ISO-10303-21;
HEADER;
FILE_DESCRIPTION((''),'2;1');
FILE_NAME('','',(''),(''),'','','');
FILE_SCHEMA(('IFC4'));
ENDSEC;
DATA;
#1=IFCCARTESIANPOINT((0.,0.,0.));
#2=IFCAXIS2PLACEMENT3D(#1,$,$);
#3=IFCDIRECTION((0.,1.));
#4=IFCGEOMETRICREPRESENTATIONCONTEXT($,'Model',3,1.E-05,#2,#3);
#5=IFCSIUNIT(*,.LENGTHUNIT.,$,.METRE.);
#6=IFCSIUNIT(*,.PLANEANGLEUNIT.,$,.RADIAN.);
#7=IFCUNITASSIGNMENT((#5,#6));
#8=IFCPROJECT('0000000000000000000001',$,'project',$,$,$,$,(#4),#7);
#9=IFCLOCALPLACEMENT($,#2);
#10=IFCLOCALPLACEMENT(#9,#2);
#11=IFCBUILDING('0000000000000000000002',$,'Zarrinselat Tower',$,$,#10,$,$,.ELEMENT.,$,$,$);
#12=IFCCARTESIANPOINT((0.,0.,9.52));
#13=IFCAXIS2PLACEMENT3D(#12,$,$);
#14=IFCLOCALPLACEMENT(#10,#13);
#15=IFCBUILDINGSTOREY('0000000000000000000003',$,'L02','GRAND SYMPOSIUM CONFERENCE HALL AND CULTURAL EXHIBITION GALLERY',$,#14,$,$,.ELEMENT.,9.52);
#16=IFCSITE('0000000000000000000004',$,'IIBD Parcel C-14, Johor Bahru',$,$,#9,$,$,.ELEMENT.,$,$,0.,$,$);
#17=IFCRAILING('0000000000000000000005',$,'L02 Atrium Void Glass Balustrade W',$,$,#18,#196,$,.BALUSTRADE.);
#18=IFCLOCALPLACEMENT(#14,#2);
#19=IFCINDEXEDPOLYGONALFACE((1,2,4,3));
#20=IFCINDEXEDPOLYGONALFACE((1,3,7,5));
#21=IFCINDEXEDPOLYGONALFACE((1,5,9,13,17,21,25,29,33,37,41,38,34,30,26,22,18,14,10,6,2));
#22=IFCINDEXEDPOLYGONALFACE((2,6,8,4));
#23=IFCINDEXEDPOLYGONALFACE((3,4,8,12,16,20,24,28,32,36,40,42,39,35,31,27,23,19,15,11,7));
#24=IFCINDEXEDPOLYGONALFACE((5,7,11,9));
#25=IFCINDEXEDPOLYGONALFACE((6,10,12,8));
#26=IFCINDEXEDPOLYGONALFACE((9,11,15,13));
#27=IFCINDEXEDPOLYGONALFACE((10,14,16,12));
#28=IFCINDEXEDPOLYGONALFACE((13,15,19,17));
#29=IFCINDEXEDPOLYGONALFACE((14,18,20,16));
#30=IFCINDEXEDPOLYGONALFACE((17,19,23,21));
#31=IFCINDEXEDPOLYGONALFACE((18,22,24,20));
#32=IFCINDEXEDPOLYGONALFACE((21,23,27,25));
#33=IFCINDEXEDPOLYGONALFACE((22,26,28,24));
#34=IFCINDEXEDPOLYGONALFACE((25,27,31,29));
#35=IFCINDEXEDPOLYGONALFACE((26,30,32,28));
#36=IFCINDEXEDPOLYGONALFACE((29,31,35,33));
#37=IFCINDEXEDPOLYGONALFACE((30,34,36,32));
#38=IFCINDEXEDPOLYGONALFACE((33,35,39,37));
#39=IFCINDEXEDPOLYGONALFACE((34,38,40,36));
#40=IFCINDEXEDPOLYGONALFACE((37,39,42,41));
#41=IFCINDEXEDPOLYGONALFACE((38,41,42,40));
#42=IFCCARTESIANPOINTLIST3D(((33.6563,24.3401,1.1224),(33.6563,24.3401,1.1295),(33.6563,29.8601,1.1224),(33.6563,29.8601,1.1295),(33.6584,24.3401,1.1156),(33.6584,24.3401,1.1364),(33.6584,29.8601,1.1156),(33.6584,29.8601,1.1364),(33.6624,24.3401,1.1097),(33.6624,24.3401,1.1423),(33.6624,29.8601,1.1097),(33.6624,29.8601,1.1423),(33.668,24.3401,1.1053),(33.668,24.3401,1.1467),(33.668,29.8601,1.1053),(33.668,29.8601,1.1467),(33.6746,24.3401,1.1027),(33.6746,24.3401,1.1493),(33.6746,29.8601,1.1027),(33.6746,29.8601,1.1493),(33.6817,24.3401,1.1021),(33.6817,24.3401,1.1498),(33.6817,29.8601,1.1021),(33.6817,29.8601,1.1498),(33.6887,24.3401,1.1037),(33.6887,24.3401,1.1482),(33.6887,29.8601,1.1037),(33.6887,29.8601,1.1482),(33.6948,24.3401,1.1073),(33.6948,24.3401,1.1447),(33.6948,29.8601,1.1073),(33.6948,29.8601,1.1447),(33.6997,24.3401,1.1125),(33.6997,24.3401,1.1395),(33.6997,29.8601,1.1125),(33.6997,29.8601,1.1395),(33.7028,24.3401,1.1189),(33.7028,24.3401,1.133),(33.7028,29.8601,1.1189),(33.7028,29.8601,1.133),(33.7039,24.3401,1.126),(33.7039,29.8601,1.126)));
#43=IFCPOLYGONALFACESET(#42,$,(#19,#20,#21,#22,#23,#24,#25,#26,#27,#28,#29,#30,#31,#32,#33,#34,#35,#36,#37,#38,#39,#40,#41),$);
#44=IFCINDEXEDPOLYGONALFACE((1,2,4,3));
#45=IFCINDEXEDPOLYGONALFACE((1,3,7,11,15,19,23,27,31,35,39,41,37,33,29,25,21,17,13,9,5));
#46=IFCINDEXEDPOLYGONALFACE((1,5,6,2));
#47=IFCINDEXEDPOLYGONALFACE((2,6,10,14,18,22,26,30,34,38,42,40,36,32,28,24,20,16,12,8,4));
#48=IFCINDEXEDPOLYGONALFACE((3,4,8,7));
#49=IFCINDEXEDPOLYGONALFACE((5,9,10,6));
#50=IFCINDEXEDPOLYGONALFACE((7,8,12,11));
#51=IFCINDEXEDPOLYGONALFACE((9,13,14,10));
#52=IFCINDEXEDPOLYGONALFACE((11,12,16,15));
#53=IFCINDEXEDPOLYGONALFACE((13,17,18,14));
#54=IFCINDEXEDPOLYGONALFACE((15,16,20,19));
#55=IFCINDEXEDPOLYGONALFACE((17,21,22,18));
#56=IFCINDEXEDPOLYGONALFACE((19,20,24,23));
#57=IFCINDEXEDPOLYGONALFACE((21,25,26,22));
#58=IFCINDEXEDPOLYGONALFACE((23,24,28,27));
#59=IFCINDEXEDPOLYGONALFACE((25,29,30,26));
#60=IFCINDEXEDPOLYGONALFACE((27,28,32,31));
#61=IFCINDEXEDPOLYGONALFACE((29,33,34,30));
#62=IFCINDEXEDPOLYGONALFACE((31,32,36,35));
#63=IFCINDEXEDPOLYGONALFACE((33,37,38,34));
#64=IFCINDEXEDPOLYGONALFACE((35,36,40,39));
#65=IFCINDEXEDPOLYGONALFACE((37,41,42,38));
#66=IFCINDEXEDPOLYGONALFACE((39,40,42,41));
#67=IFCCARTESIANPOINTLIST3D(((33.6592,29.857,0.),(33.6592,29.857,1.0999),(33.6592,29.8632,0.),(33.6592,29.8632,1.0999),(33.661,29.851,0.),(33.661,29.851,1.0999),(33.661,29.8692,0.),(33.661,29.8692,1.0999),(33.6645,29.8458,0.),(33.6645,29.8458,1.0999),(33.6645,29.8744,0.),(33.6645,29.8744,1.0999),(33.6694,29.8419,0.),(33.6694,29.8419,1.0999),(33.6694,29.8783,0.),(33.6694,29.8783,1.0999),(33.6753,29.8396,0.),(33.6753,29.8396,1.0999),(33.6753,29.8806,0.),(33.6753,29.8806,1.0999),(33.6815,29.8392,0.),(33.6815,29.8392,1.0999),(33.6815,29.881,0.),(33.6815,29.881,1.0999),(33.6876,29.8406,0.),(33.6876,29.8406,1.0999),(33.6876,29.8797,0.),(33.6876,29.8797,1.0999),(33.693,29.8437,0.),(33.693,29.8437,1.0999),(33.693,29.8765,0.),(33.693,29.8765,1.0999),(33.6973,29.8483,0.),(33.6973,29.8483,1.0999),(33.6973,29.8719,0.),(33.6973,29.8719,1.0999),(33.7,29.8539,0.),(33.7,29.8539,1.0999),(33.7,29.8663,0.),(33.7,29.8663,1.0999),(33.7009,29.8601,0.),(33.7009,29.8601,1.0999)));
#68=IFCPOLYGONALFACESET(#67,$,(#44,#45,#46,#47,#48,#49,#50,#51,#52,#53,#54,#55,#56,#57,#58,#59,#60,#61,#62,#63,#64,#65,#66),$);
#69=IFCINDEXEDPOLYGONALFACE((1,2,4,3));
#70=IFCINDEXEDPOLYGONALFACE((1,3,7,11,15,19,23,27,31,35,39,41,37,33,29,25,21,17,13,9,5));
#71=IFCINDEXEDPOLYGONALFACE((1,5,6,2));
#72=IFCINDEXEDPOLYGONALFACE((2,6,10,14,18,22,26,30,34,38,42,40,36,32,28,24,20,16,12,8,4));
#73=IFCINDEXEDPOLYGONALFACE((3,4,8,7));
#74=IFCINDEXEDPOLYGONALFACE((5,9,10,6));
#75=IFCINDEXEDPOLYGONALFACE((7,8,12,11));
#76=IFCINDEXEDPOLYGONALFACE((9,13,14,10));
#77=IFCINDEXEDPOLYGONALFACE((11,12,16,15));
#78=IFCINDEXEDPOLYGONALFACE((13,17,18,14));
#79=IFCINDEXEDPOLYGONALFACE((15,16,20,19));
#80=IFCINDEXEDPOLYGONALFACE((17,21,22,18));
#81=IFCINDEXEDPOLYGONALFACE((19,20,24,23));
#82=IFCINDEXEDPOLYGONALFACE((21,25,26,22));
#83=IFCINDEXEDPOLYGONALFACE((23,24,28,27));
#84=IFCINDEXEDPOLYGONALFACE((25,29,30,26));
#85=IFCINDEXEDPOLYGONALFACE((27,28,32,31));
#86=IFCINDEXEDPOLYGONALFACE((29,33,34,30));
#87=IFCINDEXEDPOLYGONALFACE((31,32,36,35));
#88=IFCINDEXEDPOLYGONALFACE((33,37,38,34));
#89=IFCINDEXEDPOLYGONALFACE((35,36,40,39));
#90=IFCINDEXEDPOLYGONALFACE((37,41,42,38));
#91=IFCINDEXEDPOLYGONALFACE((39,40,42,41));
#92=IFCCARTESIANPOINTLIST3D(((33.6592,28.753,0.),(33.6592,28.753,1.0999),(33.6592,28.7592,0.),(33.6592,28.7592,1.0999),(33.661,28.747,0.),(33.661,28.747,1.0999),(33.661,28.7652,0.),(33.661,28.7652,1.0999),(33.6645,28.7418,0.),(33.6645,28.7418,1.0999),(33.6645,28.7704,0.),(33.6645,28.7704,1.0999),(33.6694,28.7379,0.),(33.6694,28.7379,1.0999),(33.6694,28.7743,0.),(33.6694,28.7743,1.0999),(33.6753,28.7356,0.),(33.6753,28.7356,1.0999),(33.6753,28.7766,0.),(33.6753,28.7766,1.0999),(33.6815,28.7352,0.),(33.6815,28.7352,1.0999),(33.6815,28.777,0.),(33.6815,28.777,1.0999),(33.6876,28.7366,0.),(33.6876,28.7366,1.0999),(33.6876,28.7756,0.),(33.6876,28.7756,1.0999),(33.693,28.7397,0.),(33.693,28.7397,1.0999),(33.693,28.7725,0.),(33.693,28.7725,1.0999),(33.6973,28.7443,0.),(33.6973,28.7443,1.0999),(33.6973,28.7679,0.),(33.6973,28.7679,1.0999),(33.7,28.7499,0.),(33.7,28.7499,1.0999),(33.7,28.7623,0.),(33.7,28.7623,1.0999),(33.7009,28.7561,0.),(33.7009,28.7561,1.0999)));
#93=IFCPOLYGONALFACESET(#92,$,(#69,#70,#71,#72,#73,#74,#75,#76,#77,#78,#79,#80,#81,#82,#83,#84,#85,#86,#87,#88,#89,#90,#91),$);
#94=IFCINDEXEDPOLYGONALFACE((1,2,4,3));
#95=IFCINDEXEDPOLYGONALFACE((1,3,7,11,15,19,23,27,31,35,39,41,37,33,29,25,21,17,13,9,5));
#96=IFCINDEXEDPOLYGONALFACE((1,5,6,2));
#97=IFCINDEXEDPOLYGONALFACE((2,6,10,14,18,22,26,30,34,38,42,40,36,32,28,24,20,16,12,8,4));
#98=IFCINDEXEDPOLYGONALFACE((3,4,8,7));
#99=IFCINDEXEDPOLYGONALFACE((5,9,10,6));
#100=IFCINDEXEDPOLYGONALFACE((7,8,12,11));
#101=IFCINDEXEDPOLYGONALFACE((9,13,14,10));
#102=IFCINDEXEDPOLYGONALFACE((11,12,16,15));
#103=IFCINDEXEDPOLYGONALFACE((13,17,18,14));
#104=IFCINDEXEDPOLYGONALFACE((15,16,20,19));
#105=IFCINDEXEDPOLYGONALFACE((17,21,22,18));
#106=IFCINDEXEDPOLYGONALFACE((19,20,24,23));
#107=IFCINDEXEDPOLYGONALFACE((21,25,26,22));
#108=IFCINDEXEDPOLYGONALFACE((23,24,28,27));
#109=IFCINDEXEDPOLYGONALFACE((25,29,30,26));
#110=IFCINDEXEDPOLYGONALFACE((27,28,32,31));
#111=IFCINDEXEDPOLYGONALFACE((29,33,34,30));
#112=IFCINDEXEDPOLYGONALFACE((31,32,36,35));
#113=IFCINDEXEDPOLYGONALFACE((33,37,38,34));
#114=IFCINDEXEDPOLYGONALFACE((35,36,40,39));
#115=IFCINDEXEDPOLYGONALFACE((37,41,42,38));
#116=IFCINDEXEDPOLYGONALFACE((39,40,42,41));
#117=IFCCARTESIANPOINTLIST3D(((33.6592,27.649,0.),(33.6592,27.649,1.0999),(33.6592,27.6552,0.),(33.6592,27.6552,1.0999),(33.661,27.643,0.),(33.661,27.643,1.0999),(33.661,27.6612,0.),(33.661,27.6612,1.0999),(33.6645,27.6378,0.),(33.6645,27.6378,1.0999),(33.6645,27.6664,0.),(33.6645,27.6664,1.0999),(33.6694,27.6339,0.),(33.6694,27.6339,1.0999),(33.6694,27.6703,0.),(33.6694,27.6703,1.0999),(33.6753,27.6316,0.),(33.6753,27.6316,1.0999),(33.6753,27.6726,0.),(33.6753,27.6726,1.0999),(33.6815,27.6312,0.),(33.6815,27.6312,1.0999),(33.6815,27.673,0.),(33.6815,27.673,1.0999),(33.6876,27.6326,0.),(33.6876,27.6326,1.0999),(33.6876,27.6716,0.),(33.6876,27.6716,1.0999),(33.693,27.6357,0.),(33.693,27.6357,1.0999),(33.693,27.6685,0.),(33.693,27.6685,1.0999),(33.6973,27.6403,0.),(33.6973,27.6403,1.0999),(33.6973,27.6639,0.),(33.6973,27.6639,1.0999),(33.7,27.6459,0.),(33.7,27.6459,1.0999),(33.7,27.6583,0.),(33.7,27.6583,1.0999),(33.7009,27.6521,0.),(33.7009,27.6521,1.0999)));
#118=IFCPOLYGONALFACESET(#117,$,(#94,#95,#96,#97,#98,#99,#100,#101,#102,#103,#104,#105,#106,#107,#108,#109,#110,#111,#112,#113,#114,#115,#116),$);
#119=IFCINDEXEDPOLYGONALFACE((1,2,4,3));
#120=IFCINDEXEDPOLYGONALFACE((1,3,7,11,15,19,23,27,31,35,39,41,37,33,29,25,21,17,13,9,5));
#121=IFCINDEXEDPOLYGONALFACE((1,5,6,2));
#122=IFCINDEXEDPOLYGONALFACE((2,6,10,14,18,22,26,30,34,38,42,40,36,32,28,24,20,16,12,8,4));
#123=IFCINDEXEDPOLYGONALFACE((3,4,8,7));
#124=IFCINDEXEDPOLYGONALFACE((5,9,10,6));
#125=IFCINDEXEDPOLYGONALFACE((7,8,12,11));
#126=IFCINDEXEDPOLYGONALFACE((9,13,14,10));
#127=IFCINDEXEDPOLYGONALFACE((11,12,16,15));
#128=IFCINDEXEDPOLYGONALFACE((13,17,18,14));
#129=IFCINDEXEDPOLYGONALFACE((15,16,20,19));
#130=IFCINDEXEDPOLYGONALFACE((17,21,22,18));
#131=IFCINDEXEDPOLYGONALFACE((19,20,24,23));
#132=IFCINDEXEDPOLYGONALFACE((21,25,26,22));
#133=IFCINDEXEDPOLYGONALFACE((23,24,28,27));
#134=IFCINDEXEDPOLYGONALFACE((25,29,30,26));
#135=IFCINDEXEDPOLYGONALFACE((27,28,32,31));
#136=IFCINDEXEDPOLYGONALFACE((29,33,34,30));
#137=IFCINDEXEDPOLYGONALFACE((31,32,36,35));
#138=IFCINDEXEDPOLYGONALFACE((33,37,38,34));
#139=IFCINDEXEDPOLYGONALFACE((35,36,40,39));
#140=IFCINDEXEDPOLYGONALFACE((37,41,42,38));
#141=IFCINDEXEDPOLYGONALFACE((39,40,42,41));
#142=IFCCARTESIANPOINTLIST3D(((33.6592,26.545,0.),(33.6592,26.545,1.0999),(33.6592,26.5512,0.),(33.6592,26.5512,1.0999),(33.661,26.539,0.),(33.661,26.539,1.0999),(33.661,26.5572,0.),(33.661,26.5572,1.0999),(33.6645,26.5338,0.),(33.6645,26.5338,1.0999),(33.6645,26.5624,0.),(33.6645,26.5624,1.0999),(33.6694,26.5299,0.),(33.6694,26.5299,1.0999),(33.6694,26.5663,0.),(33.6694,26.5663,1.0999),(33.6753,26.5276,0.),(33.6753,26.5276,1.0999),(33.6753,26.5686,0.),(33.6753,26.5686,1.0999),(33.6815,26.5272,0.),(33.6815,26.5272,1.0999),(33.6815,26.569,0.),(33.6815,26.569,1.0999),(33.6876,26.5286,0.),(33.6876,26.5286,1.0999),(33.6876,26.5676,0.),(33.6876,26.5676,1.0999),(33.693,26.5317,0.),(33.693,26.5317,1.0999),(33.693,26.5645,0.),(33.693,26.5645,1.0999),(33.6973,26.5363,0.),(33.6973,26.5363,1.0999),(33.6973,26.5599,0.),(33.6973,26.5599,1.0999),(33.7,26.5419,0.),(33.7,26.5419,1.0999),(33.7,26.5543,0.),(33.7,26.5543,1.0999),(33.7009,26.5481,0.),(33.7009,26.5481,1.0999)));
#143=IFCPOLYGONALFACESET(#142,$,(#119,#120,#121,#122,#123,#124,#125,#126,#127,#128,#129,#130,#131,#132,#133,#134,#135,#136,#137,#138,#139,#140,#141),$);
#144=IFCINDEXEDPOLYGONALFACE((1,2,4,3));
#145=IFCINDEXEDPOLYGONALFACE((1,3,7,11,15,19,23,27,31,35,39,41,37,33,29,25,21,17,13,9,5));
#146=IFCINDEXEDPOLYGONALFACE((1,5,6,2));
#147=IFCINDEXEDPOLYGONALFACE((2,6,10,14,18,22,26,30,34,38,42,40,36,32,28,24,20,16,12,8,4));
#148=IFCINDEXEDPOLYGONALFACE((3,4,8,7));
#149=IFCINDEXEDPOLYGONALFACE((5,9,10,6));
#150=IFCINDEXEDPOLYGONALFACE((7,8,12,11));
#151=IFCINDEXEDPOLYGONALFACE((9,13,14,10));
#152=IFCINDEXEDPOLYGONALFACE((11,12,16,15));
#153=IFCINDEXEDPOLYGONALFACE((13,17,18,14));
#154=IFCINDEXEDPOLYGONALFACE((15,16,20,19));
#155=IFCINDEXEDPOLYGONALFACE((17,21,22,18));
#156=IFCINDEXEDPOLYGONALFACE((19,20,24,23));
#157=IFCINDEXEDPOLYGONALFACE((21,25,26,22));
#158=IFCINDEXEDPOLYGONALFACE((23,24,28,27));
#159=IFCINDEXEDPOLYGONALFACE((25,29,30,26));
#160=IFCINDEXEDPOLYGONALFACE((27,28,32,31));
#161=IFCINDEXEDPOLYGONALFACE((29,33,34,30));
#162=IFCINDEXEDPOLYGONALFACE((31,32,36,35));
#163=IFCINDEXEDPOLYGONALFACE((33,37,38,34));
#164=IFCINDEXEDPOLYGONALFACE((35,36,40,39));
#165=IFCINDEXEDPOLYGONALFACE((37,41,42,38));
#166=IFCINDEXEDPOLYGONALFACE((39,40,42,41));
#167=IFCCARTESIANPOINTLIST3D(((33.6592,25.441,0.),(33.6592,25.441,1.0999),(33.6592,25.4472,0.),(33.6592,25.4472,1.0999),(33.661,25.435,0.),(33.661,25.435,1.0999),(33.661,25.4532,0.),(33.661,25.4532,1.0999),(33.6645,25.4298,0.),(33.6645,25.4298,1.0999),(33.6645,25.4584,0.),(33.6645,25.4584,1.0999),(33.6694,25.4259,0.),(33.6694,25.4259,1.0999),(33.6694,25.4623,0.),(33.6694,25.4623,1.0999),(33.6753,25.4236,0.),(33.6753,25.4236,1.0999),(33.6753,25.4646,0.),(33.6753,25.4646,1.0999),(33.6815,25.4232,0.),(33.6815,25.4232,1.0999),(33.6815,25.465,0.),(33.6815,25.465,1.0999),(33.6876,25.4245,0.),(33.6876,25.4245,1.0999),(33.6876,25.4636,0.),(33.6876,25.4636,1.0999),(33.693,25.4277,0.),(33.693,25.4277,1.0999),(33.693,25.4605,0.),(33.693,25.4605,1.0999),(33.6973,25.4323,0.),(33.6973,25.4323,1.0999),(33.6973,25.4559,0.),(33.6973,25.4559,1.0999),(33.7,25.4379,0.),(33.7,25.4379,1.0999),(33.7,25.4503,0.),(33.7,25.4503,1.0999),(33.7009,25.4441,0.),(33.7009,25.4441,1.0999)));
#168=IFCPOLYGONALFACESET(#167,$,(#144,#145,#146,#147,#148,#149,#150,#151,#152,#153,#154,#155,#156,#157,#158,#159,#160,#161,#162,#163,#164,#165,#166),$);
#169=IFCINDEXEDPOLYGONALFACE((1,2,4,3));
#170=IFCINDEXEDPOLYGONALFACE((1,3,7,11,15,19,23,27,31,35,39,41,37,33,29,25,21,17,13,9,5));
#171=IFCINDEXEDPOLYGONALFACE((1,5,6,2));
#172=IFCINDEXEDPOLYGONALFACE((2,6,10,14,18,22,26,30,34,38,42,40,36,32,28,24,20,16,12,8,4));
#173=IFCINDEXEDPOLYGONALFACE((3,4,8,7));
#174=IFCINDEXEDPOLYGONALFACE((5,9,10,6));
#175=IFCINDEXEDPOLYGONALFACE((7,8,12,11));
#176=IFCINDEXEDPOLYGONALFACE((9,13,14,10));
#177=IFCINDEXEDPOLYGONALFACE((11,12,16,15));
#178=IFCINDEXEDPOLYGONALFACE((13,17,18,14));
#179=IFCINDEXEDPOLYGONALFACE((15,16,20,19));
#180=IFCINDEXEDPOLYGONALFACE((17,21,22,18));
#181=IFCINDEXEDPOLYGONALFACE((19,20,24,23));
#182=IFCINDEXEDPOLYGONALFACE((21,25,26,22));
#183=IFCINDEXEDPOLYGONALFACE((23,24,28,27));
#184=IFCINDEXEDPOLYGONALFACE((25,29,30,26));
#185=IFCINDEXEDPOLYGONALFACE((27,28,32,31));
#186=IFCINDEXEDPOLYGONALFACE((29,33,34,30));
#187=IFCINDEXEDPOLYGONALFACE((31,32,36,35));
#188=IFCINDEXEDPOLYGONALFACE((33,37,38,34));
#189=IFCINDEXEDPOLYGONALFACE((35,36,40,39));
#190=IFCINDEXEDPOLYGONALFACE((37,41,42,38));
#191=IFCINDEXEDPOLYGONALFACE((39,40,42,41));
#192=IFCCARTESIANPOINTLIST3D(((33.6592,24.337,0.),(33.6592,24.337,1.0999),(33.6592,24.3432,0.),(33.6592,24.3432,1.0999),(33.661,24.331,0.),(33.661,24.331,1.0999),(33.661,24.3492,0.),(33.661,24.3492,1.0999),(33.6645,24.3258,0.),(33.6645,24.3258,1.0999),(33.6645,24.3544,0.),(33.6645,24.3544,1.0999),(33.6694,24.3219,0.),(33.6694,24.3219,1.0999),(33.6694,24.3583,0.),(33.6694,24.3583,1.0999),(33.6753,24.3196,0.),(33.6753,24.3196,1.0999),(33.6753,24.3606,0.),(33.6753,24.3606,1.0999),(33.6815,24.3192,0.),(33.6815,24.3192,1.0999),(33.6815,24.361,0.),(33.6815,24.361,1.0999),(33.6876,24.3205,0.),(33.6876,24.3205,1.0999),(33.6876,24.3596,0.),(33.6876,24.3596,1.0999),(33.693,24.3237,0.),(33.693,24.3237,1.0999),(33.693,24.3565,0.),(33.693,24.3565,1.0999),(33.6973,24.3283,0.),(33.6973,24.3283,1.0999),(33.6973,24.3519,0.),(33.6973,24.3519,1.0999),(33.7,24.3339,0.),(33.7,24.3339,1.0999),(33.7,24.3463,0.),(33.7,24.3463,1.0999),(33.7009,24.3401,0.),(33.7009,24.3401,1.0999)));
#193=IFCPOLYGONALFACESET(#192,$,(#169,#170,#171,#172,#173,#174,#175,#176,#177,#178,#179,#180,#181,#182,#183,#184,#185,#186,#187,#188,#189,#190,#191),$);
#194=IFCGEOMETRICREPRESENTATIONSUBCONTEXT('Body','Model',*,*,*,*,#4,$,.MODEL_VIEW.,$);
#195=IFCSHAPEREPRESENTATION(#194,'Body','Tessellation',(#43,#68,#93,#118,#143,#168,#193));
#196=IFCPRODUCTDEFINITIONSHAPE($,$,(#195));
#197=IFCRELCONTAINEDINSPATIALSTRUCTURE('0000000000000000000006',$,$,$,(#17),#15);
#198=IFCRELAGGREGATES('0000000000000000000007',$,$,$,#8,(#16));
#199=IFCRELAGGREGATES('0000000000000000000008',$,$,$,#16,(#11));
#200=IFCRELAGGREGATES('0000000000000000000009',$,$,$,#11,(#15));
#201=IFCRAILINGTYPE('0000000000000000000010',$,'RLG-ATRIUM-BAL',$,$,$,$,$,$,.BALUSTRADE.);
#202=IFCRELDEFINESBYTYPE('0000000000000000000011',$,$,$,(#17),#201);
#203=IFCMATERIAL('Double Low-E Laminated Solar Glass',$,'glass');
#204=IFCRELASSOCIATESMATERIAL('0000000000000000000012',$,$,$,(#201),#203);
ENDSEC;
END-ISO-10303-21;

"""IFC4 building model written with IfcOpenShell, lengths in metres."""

from ifc_helpers import new_model, si_unit, direction, frame, origin, origin_2d, place, context, subcontext, project, spatial, circle, extrude, material, type_object, element, save


model = new_model("IFC4")

# Units and contexts
model_context = context("Model", 3, precision=1e-05, world=origin(), true_north=direction((0.0, 1.0)))
body_context = subcontext(model_context, "Body", "Model", "MODEL_VIEW")
ifc_project = project(units=[si_unit("LENGTHUNIT", "METRE"), si_unit("PLANEANGLEUNIT", "RADIAN")], contexts=[model_context])

# Site, building, storey
site_placement = place(None, origin())
site = spatial("IfcSite", under=ifc_project, at=site_placement, Name="IIBD Parcel C-14, Johor Bahru", CompositionType="ELEMENT", RefElevation=0.0)
building_placement = place(site_placement, origin())
building = spatial("IfcBuilding", under=site, at=building_placement, Name="Zarrinselat Tower", CompositionType="ELEMENT")
storey_placement = place(building_placement, frame((0.0, 0.0, 9.52)))
storey = spatial("IfcBuildingStorey", under=building, at=storey_placement, Name="L02", Description="GRAND SYMPOSIUM CONFERENCE HALL AND CULTURAL EXHIBITION GALLERY", CompositionType="ELEMENT", Elevation=9.52)

# Railing
ifc_material_1 = material(Name="Double Low-E Laminated Solar Glass", Category="glass")
railing_type = type_object("IfcRailingType", Name="RLG-ATRIUM-BAL", PredefinedType="BALUSTRADE", material=ifc_material_1)
railing_1_placement = place(storey_placement, frame((33.6799, 29.8601, 0.0)))
element("IfcRailing", 1, at=railing_1_placement, inside=storey, type_object=railing_type, Name="L02 Atrium Void Glass Balustrade W", PredefinedType="BALUSTRADE", context=body_context, shape_type="SweptSolid", body=[
    extrude(circle(Radius=0.0239, at=origin_2d()), frame((0.0, 0.0, 1.126), z_axis=(0.0, -1.0, 0.0), x_axis=(1.0, 0.0, 0.0)), (0.0, 0.0, 1.0), 5.52),
    extrude(circle(Radius=0.021, at=origin_2d()), origin(), (0.0, 0.0, 1.0), 1.0999),
    extrude(circle(Radius=0.021, at=origin_2d()), frame((0.0, -1.104, 0.0)), (0.0, 0.0, 1.0), 1.0999),
    extrude(circle(Radius=0.021, at=origin_2d()), frame((0.0, -2.208, 0.0)), (0.0, 0.0, 1.0), 1.0999),
    extrude(circle(Radius=0.021, at=origin_2d()), frame((0.0, -3.312, 0.0)), (0.0, 0.0, 1.0), 1.0999),
    extrude(circle(Radius=0.021, at=origin_2d()), frame((0.0, -4.416, 0.0)), (0.0, 0.0, 1.0), 1.0999),
    extrude(circle(Radius=0.021, at=origin_2d()), frame((0.0, -5.52, 0.0)), (0.0, 0.0, 1.0), 1.0999),
])

save(model, "model.ifc")
